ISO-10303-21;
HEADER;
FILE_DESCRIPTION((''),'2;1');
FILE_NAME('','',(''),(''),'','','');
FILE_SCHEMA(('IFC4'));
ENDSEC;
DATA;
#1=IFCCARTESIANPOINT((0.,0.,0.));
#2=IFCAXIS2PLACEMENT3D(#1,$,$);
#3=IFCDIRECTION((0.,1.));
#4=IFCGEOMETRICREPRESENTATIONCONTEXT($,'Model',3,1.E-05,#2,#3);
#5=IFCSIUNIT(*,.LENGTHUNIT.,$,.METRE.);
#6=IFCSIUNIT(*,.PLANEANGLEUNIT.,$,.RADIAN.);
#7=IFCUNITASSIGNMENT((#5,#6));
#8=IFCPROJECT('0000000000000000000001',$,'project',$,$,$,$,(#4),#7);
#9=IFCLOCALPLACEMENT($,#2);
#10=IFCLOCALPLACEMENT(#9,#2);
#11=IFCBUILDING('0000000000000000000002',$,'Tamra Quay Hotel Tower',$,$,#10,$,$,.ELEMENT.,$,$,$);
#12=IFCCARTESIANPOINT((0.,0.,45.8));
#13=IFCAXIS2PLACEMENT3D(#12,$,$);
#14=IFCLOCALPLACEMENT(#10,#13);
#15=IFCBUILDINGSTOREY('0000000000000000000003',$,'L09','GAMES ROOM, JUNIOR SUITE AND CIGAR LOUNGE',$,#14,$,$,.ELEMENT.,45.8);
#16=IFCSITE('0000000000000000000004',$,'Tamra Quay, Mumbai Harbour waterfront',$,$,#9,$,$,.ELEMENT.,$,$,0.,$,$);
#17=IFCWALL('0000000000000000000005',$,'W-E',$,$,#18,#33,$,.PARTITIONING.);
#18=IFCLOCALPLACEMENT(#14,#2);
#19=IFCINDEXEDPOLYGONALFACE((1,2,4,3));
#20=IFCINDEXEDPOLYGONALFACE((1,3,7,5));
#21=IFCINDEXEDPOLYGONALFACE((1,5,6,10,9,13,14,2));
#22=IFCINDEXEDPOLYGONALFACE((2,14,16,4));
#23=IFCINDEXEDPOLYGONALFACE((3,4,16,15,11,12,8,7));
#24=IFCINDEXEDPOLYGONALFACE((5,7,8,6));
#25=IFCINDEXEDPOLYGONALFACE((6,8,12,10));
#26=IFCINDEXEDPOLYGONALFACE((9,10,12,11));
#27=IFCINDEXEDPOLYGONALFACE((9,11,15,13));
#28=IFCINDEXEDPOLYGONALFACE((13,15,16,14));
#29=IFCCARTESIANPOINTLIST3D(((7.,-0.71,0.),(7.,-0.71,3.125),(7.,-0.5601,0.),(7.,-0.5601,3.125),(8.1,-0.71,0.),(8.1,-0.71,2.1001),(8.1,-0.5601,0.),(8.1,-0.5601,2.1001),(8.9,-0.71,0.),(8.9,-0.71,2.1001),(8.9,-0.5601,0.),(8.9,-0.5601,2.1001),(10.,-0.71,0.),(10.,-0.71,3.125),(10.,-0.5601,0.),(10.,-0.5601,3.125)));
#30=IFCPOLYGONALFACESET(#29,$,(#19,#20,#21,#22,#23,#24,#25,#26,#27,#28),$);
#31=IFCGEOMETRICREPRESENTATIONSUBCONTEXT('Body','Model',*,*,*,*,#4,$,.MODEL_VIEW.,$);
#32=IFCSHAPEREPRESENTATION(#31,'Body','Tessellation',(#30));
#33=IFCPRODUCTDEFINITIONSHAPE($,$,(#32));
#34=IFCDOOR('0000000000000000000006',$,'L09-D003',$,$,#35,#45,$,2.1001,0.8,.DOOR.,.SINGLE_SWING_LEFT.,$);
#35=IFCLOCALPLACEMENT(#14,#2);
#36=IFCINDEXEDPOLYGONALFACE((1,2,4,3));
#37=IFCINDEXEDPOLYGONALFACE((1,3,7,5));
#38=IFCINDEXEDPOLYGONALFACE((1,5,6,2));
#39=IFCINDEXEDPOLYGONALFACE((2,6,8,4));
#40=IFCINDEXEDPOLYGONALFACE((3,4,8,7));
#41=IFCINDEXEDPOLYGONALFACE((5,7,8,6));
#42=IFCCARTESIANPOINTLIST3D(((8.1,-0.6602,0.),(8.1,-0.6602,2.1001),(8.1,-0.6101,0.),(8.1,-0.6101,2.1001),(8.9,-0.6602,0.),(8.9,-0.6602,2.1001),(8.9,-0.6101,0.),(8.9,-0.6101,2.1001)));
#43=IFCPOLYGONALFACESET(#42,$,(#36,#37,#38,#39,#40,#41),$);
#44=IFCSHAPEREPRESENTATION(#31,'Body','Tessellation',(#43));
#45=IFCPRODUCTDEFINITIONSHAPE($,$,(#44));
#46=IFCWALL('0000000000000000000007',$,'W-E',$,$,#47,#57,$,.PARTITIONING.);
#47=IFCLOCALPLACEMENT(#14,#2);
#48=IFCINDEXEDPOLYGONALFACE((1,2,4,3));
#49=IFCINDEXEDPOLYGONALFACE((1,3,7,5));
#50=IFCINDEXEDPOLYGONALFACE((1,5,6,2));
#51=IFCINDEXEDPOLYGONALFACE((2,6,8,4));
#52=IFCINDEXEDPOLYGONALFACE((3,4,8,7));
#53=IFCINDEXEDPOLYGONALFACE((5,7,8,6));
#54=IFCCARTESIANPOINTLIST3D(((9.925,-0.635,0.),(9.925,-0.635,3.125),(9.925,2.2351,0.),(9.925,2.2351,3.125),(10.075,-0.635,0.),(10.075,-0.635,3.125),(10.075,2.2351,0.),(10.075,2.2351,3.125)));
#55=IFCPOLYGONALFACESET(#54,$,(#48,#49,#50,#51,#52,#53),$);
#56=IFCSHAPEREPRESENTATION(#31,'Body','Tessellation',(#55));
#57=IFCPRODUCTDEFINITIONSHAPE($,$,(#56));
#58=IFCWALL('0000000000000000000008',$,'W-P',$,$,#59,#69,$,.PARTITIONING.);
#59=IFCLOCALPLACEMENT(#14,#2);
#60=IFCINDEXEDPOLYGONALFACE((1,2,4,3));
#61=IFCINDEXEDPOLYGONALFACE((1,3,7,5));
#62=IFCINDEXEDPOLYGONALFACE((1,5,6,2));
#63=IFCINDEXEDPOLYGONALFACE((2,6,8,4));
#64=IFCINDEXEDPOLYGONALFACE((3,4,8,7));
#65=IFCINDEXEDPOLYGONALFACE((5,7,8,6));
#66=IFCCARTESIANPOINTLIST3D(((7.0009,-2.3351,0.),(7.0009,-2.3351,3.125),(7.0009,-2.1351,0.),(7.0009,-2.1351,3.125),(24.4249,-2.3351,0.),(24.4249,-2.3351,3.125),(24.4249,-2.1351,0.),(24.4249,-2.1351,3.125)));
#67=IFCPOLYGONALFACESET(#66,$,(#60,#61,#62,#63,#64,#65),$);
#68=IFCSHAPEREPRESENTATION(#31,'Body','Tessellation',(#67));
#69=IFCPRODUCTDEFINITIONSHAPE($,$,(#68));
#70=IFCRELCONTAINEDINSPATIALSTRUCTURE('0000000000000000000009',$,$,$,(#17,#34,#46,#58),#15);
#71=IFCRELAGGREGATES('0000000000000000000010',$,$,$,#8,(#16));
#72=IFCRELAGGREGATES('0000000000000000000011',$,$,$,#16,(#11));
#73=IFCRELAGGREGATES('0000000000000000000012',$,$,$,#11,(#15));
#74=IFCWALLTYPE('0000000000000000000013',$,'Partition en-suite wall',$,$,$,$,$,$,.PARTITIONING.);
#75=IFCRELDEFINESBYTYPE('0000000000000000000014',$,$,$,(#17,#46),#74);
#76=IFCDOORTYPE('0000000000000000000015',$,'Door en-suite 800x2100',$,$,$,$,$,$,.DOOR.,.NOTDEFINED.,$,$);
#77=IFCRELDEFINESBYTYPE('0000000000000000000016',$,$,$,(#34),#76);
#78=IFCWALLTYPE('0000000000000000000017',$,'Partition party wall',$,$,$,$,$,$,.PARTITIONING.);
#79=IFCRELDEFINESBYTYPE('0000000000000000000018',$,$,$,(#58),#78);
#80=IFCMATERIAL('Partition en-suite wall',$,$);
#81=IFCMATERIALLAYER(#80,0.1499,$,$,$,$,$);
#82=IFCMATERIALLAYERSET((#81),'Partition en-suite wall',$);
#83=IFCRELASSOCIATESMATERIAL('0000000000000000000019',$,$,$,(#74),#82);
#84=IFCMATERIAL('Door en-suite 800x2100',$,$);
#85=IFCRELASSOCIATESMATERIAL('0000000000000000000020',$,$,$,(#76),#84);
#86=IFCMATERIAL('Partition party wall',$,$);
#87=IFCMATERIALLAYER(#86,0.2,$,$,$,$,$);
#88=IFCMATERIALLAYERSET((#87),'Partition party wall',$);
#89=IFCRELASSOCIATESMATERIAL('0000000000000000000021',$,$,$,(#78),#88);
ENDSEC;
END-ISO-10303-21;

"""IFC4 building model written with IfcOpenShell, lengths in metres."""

from ifc_helpers import new_model, si_unit, direction, frame, frame_2d, origin, place, context, subcontext, project, spatial, rectangle, extrude, material, layer, layer_set, type_object, element, fill, save


model = new_model("IFC4")

# Units and contexts
model_context = context("Model", 3, precision=1e-05, world=origin(), true_north=direction((0.0, 1.0)))
body_context = subcontext(model_context, "Body", "Model", "MODEL_VIEW")
ifc_project = project(units=[si_unit("LENGTHUNIT", "METRE"), si_unit("PLANEANGLEUNIT", "RADIAN")], contexts=[model_context])

# Site, building, storey
site_placement = place(None, origin())
site = spatial("IfcSite", under=ifc_project, at=site_placement, Name="Tamra Quay, Mumbai Harbour waterfront", CompositionType="ELEMENT", RefElevation=0.0)
building_placement = place(site_placement, origin())
building = spatial("IfcBuilding", under=site, at=building_placement, Name="Tamra Quay Hotel Tower", CompositionType="ELEMENT")
storey_placement = place(building_placement, frame((0.0, 0.0, 45.8)))
storey = spatial("IfcBuildingStorey", under=building, at=storey_placement, Name="L09", Description="GAMES ROOM, JUNIOR SUITE AND CIGAR LOUNGE", CompositionType="ELEMENT", Elevation=45.8)

# Wall, opening, door
ifc_material_1 = material(Name="Partition en-suite wall")
ifc_layer_1 = layer(ifc_material_1, 0.1499)
ifc_layer_set_1 = layer_set([ifc_layer_1], Name="Partition en-suite wall")
wall_type_1 = type_object("IfcWallType", Name="Partition en-suite wall", PredefinedType="PARTITIONING", material=ifc_layer_set_1)
wall_1_placement = place(storey_placement, frame((7.0, -0.635, 0.0), z_axis=(0.0, 0.0, 1.0), x_axis=(1.0, 0.0, 0.0)))
wall_1 = element("IfcWall", 1, at=wall_1_placement, inside=storey, type_object=wall_type_1, Name="W-E", PredefinedType="PARTITIONING", context=body_context, shape_type="SweptSolid", body=[
    extrude(rectangle(XDim=3.0, YDim=0.1499, at=frame_2d((1.5, 0.0))), origin(), (0.0, 0.0, 1.0), 3.125),
])
opening_1_placement = place(wall_1_placement, frame((1.1001, 0.0, 0.0)))
opening_1 = element("IfcOpeningElement", 2, at=opening_1_placement, cuts=wall_1, PredefinedType="OPENING", context=body_context, shape_type="SweptSolid", body=[
    extrude(rectangle(XDim=0.8, YDim=2.1001, at=frame_2d((0.3999, 1.05))), frame((0.0, 0.085, 0.0), z_axis=(0.0, -1.0, 0.0), x_axis=(1.0, 0.0, 0.0)), (0.0, 0.0, 1.0), 0.1699),
])
ifc_material_2 = material(Name="Door en-suite 800x2100")
door_type_1 = type_object("IfcDoorType", Name="Door en-suite 800x2100", OperationType="NOTDEFINED", PredefinedType="DOOR", material=ifc_material_2)
door_1_placement = place(opening_1_placement, origin())
door_1 = element("IfcDoor", 3, at=door_1_placement, inside=storey, type_object=door_type_1, Name="L09-D003", OperationType="SINGLE_SWING_LEFT", OverallHeight=2.1001, OverallWidth=0.8, PredefinedType="DOOR", context=body_context, shape_type="SweptSolid", body=[
    extrude(rectangle(XDim=0.8, YDim=2.1001, at=frame_2d((0.3999, 1.05))), frame((0.0, 0.0249, 0.0), z_axis=(0.0, -1.0, 0.0), x_axis=(1.0, 0.0, 0.0)), (0.0, 0.0, 1.0), 0.05),
])
fill(opening_1, door_1)

# Walls
wall_2_placement = place(storey_placement, frame((10.0, -0.635, 0.0), z_axis=(0.0, 0.0, 1.0), x_axis=(0.0, 1.0, 0.0)))
element("IfcWall", 4, at=wall_2_placement, inside=storey, type_object=wall_type_1, Name="W-E", PredefinedType="PARTITIONING", context=body_context, shape_type="SweptSolid", body=[
    extrude(rectangle(XDim=2.8701, YDim=0.1499, at=frame_2d((1.4351, 0.0))), origin(), (0.0, 0.0, 1.0), 3.125),
])
ifc_material_3 = material(Name="Partition party wall")
ifc_layer_2 = layer(ifc_material_3, 0.2)
ifc_layer_set_2 = layer_set([ifc_layer_2], Name="Partition party wall")
wall_type_2 = type_object("IfcWallType", Name="Partition party wall", PredefinedType="PARTITIONING", material=ifc_layer_set_2)
wall_3_placement = place(storey_placement, frame((7.001, -2.2351, 0.0), z_axis=(0.0, 0.0, 1.0), x_axis=(1.0, 0.0, 0.0)))
element("IfcWall", 5, at=wall_3_placement, inside=storey, type_object=wall_type_2, Name="W-P", PredefinedType="PARTITIONING", context=body_context, shape_type="SweptSolid", body=[
    extrude(rectangle(XDim=17.4241, YDim=0.2, at=frame_2d((8.7119, 0.0))), origin(), (0.0, 0.0, 1.0), 3.125),
])

save(model, "model.ifc")
